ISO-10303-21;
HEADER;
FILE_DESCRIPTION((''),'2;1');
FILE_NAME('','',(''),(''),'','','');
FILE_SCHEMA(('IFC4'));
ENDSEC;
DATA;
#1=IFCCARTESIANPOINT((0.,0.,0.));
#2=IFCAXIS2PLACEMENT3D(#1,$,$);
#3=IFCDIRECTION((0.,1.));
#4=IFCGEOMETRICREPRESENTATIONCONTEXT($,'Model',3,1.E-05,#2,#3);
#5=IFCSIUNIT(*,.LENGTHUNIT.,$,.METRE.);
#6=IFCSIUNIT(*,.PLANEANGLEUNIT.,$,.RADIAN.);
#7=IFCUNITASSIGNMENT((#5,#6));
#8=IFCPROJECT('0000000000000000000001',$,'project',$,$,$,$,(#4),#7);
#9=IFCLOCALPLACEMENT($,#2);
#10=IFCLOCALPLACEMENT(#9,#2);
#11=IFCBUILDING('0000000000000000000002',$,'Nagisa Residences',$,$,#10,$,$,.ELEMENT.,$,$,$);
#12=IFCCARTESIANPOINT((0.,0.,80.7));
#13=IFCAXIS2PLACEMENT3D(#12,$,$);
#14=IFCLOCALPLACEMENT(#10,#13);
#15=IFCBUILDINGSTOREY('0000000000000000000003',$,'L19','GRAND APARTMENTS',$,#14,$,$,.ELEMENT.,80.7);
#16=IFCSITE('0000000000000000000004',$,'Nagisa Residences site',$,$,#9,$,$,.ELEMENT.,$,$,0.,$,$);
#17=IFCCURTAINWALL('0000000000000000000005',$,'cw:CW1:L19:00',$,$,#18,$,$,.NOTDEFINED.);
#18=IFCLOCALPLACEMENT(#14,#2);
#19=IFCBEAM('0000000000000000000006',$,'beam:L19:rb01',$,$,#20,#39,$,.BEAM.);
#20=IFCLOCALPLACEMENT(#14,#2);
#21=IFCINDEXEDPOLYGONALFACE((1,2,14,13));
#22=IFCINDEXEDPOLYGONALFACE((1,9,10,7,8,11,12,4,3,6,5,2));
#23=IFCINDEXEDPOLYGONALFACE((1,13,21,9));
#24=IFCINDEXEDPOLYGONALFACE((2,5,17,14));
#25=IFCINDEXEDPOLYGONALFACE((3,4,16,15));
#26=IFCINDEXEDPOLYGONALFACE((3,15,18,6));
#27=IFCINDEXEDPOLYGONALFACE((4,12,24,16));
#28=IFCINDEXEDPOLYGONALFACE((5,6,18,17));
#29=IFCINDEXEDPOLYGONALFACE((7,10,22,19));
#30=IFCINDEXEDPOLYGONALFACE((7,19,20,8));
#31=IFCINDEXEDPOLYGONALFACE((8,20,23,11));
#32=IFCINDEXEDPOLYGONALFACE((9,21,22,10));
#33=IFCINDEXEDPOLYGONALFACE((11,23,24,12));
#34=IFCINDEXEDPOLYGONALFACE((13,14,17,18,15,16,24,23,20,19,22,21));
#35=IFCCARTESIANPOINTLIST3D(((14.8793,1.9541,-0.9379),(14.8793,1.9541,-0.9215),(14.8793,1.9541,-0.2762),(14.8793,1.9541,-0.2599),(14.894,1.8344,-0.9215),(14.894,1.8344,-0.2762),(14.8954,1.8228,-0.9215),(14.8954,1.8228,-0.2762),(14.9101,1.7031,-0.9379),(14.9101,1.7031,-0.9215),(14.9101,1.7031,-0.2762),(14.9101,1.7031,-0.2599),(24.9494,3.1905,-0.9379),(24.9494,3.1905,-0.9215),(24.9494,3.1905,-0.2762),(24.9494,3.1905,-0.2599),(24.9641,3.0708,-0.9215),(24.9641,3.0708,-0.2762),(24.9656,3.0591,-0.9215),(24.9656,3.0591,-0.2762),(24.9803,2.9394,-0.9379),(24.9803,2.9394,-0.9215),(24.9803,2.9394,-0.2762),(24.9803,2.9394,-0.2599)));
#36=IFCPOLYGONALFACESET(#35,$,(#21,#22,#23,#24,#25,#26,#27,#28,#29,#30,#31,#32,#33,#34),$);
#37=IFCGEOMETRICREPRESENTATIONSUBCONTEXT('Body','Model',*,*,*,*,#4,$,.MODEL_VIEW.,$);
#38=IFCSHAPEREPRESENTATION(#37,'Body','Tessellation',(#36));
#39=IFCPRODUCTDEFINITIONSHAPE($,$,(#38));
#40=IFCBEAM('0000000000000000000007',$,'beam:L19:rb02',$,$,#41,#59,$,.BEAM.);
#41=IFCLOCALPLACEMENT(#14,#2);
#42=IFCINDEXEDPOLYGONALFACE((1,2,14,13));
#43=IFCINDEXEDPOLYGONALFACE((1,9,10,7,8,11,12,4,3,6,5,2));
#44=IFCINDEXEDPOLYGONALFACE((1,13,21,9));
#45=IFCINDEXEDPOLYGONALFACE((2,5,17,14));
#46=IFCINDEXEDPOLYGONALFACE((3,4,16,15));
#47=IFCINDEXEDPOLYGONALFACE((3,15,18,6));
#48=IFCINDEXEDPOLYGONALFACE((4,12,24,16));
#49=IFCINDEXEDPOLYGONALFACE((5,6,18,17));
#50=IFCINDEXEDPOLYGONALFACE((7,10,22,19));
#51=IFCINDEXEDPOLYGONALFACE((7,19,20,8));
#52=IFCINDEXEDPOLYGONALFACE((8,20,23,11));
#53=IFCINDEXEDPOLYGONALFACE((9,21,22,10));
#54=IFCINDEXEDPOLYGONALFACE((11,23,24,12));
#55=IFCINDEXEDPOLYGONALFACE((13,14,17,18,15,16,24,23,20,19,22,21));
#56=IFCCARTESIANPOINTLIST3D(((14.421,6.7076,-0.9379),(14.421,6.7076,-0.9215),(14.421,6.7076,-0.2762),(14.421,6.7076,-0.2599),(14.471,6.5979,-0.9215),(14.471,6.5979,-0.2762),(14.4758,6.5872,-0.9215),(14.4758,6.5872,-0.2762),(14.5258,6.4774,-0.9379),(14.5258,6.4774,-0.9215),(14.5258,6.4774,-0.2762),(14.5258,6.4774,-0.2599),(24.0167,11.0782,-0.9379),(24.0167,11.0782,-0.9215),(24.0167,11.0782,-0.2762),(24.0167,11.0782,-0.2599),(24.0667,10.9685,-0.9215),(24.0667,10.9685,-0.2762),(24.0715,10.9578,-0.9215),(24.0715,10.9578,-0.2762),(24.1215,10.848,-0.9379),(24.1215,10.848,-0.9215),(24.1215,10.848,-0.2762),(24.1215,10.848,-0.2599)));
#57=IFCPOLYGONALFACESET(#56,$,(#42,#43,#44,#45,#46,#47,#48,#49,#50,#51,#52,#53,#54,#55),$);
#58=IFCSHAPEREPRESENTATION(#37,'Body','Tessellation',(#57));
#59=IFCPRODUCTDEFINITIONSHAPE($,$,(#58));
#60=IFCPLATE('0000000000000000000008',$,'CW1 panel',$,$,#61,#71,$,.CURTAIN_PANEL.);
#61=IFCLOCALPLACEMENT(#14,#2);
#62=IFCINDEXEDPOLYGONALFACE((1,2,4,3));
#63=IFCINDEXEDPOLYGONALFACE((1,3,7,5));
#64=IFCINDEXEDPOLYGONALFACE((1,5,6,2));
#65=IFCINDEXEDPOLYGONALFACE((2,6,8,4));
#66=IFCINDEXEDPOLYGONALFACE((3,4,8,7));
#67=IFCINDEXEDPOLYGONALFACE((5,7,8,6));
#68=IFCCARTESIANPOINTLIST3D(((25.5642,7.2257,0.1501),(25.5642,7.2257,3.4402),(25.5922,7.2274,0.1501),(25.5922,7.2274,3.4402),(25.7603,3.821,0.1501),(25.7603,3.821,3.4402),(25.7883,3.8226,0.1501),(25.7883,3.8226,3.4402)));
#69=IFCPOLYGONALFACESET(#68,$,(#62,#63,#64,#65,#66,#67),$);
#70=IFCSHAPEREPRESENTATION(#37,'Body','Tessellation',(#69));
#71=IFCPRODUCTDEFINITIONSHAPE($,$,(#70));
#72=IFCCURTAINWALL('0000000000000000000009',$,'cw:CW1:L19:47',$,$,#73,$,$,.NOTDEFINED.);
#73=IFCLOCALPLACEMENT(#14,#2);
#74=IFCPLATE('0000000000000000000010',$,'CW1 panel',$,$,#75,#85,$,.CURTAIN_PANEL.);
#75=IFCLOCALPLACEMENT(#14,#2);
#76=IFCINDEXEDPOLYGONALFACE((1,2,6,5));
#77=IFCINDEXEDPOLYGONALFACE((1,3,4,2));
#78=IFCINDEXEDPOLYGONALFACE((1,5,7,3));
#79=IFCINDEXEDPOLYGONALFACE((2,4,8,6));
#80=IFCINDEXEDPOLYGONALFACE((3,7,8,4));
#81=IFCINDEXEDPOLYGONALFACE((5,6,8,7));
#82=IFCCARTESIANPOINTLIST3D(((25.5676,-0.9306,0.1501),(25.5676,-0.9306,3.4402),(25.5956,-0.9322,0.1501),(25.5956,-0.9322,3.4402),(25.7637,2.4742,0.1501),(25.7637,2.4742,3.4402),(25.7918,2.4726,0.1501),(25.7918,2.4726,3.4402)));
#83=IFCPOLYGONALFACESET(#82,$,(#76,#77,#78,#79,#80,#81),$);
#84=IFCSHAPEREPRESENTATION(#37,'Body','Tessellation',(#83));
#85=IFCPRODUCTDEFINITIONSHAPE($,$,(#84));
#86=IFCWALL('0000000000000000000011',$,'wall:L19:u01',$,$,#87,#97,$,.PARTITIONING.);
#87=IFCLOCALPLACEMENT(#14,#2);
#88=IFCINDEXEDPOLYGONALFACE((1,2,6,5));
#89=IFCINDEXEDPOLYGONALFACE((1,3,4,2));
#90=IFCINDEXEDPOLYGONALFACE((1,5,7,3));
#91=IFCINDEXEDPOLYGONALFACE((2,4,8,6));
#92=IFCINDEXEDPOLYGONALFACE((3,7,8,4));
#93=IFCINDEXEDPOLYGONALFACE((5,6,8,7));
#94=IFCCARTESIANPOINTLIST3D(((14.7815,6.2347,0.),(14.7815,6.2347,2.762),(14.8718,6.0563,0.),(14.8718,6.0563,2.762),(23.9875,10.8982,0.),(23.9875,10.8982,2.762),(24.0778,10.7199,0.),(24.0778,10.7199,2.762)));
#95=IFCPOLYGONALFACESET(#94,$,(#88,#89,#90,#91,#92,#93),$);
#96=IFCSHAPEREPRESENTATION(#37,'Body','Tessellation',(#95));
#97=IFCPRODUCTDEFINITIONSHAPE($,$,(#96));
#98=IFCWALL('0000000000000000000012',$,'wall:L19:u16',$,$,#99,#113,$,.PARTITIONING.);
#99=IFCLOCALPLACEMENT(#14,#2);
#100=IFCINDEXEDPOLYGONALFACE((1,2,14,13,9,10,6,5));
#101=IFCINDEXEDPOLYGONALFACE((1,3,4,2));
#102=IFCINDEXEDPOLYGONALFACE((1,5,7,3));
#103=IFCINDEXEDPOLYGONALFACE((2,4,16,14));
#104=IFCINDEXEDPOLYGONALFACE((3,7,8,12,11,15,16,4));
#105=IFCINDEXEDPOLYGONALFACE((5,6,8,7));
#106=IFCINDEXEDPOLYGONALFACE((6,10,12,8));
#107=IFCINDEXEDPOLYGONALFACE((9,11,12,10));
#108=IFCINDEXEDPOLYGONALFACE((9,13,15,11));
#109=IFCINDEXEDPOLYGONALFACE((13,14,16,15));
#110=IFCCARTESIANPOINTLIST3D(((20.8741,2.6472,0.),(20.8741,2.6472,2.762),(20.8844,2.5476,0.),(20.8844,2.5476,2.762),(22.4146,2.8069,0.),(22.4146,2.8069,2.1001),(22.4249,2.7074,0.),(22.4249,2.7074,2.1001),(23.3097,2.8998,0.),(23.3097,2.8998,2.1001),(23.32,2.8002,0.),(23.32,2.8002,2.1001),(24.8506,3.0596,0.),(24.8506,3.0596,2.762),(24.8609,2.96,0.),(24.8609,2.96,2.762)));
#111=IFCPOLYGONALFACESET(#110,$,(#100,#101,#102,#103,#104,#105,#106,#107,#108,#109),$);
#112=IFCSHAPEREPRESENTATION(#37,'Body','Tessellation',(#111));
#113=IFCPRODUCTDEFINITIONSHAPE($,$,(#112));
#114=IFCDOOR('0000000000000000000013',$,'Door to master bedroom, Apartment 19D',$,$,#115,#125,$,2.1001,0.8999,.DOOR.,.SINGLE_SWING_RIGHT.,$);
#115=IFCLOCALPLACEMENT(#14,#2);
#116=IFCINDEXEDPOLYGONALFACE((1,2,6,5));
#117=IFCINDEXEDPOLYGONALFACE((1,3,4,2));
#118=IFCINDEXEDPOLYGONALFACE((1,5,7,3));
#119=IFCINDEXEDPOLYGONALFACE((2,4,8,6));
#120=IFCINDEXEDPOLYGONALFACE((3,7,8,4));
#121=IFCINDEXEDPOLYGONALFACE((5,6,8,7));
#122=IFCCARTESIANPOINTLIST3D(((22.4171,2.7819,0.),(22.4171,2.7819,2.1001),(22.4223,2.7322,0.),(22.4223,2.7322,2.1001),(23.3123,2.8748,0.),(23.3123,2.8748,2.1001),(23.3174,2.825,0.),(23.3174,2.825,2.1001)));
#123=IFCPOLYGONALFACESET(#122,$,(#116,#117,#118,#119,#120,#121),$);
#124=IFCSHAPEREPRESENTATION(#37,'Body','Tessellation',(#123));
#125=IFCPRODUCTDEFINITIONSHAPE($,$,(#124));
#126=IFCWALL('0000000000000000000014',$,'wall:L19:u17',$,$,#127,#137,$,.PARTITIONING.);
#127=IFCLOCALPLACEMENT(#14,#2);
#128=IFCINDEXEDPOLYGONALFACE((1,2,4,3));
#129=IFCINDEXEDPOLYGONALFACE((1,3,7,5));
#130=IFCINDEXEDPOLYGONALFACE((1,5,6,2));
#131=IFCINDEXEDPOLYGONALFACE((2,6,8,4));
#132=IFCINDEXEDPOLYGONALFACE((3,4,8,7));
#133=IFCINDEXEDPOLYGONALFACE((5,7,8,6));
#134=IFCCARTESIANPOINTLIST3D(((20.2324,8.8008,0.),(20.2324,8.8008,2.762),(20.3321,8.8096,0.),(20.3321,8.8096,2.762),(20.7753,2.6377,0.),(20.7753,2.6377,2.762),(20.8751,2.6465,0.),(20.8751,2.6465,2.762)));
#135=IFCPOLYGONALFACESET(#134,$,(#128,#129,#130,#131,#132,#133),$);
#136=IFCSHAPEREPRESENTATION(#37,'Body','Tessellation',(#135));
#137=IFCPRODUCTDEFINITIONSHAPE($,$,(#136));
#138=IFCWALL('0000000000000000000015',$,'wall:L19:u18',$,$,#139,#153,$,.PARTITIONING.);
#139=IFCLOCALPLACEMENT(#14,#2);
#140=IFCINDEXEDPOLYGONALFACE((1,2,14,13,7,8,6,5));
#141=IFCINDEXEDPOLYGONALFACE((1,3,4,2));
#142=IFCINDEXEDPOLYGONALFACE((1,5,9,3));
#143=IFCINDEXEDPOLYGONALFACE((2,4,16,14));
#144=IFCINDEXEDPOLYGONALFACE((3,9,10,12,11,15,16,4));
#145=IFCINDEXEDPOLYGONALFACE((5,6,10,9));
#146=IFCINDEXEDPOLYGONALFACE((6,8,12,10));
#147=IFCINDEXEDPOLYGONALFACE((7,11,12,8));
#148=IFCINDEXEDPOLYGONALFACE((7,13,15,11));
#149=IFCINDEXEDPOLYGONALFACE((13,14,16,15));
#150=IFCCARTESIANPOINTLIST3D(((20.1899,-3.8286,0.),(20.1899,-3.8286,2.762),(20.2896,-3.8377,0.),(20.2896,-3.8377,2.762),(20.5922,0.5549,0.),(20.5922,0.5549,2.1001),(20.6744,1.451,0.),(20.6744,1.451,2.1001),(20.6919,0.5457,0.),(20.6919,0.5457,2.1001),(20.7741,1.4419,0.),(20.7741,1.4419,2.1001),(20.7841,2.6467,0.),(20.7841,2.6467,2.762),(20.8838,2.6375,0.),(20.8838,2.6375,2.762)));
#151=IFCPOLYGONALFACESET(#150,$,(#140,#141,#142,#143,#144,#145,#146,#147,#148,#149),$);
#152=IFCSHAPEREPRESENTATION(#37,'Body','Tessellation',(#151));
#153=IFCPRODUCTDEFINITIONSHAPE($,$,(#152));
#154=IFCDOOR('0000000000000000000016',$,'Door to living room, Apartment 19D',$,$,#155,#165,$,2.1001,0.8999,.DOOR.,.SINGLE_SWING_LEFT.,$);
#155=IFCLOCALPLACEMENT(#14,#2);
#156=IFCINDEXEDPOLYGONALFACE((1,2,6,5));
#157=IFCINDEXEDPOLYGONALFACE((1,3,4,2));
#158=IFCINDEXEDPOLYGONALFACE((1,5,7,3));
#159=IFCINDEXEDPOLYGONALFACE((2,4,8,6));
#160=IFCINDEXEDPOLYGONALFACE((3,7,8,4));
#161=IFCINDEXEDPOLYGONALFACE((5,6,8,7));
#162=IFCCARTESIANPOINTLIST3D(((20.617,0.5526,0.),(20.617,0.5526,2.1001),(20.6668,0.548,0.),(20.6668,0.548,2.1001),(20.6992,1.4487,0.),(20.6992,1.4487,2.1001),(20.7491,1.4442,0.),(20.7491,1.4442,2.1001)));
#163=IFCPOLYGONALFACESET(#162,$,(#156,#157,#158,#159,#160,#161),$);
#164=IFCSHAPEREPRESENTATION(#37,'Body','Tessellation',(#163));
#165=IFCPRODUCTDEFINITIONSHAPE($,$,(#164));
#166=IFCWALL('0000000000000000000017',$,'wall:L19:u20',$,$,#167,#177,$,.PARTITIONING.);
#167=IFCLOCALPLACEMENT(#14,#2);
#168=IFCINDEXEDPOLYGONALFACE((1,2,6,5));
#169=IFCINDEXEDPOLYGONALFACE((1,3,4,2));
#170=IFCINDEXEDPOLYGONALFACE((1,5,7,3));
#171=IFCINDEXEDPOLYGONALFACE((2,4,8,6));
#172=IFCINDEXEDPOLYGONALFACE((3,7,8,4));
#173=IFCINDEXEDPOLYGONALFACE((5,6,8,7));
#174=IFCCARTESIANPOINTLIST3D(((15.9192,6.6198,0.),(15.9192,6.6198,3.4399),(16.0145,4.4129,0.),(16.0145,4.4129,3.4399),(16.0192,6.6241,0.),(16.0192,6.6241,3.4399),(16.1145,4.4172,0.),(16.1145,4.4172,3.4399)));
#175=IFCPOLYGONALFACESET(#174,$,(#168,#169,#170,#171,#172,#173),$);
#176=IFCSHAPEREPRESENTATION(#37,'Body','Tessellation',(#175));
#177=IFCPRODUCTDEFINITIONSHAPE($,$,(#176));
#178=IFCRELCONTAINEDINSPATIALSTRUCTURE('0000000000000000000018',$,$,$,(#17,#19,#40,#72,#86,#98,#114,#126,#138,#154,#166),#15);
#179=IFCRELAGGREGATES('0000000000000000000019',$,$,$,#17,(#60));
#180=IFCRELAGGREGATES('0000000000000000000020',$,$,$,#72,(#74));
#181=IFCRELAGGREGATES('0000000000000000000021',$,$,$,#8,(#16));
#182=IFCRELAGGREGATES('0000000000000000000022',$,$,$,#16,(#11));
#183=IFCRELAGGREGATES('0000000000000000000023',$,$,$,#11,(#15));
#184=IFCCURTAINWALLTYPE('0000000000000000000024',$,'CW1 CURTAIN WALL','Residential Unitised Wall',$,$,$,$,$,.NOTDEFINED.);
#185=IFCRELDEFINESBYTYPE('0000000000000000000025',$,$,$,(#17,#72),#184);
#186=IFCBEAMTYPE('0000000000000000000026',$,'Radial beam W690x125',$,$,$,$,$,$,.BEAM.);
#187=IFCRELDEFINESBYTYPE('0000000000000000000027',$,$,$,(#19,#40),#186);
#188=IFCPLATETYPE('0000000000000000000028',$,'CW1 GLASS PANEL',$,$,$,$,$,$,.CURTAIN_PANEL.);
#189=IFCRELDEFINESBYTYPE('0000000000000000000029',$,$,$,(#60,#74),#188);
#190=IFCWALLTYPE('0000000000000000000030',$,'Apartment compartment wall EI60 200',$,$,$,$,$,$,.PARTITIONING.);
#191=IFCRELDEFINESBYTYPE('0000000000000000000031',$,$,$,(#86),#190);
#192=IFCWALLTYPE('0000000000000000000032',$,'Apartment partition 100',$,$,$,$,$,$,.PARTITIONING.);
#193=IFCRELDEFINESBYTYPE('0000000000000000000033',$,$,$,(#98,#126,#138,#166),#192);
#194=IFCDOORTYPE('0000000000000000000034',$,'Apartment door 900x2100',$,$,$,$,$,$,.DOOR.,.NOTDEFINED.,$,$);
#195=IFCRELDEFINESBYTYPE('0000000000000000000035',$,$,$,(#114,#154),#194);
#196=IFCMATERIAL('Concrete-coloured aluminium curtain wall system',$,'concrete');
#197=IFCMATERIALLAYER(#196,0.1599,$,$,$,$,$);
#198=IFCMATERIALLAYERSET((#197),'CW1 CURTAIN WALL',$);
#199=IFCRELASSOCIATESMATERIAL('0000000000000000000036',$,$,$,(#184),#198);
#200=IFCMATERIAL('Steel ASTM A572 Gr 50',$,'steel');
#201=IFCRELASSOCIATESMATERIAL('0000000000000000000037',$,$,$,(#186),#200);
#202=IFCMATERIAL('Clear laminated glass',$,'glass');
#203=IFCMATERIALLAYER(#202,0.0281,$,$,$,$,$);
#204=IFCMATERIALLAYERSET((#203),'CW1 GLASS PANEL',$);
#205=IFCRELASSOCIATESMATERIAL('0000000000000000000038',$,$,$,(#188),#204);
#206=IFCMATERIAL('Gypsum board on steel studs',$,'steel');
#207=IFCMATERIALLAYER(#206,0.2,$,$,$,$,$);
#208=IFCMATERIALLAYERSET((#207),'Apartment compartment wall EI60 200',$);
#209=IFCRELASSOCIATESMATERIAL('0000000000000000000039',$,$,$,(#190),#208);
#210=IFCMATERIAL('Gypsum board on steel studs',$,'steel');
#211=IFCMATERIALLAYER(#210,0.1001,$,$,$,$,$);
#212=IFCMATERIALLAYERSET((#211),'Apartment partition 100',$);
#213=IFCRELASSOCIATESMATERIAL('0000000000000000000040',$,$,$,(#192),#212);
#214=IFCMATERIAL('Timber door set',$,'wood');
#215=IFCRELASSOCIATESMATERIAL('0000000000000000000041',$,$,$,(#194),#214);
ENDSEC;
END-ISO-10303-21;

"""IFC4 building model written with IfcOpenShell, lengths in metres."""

from ifc_helpers import new_model, si_unit, direction, frame, frame_2d, origin, origin_2d, place, context, subcontext, project, spatial, rectangle, i_section, extrude, material, layer, layer_set, material_profile, profile_set, type_object, element, fill, aggregate, save


model = new_model("IFC4")

# Units and contexts
model_context = context("Model", 3, precision=1e-05, world=origin(), true_north=direction((0.0, 1.0)))
body_context = subcontext(model_context, "Body", "Model", "MODEL_VIEW")
ifc_project = project(units=[si_unit("LENGTHUNIT", "METRE"), si_unit("PLANEANGLEUNIT", "RADIAN")], contexts=[model_context])

# Site, building, storey
site_placement = place(None, origin())
site = spatial("IfcSite", under=ifc_project, at=site_placement, Name="Nagisa Residences site", CompositionType="ELEMENT", RefElevation=0.0)
building_placement = place(site_placement, origin())
building = spatial("IfcBuilding", under=site, at=building_placement, Name="Nagisa Residences", CompositionType="ELEMENT")
storey_placement = place(building_placement, frame((0.0, 0.0, 80.7)))
storey = spatial("IfcBuildingStorey", under=building, at=storey_placement, Name="L19", Description="GRAND APARTMENTS", CompositionType="ELEMENT", Elevation=80.7)

# Curtain wall
ifc_material_1 = material(Name="Concrete-coloured aluminium curtain wall system", Category="concrete")
ifc_layer_1 = layer(ifc_material_1, 0.1599)
ifc_layer_set_1 = layer_set([ifc_layer_1], Name="CW1 CURTAIN WALL")
curtain_wall_type = type_object("IfcCurtainWallType", Name="CW1 CURTAIN WALL", Description="Residential Unitised Wall", PredefinedType="NOTDEFINED", material=ifc_layer_set_1)
curtain_wall_1_placement = place(storey_placement, origin())
curtain_wall_1 = element("IfcCurtainWall", 1, at=curtain_wall_1_placement, inside=storey, type_object=curtain_wall_type, Name="cw:CW1:L19:00", PredefinedType="NOTDEFINED")

# Beams
ifc_material_2 = material(Name="Steel ASTM A572 Gr 50", Category="steel")
ifc_material_profile_1 = material_profile(ifc_material_2, i_section(OverallWidth=0.2529, OverallDepth=0.678, WebThickness=0.0117, FlangeThickness=0.0164, at=origin_2d()), Name="W690x125")
ifc_profile_set_1 = profile_set([ifc_material_profile_1], Name="Steel ASTM A572 Gr 50")
beam_type_1 = type_object("IfcBeamType", Name="Radial beam W690x125", PredefinedType="BEAM", material=ifc_profile_set_1)
beam_1_placement = place(storey_placement, frame((24.9648, 3.0649, -0.5989), z_axis=(-0.992548, -0.121858, 0.0), x_axis=(0.121858, -0.992548, 0.0)))
element("IfcBeam", 2, at=beam_1_placement, inside=storey, type_object=beam_type_1, Name="beam:L19:rb01", PredefinedType="BEAM", context=body_context, shape_type="SweptSolid", body=[
    extrude(i_section(OverallWidth=0.2529, OverallDepth=0.678, WebThickness=0.0117, FlangeThickness=0.0164, at=origin_2d()), origin(), (0.0, 0.0, 1.0), 10.1458),
])
beam_2_placement = place(storey_placement, frame((24.0691, 10.9631, -0.5989), z_axis=(-0.910047, -0.414504, 0.0), x_axis=(0.414504, -0.910047, 0.0)))
element("IfcBeam", 3, at=beam_2_placement, inside=storey, type_object=beam_type_1, Name="beam:L19:rb02", PredefinedType="BEAM", context=body_context, shape_type="SweptSolid", body=[
    extrude(i_section(OverallWidth=0.2529, OverallDepth=0.678, WebThickness=0.0117, FlangeThickness=0.0164, at=origin_2d()), origin(), (0.0, 0.0, 1.0), 10.5442),
])

# Plate
ifc_material_3 = material(Name="Clear laminated glass", Category="glass")
ifc_layer_2 = layer(ifc_material_3, 0.0281)
ifc_layer_set_2 = layer_set([ifc_layer_2], Name="CW1 GLASS PANEL")
plate_type = type_object("IfcPlateType", Name="CW1 GLASS PANEL", PredefinedType="CURTAIN_PANEL", material=ifc_layer_set_2)
plate_1_placement = place(storey_placement, frame((25.6763, 5.5242, 0.1501), z_axis=(0.0, 0.0, 1.0), x_axis=(-0.057503, 0.998345, 0.0)))
plate_1 = element("IfcPlate", 4, at=plate_1_placement, type_object=plate_type, Name="CW1 panel", PredefinedType="CURTAIN_PANEL", context=body_context, shape_type="SweptSolid", body=[
    extrude(rectangle(XDim=3.4104, YDim=0.0281, at=origin_2d()), origin(), (0.0, 0.0, 1.0), 3.29),
])
aggregate(curtain_wall_1, [plate_1])

# Curtain wall, plate
curtain_wall_2_placement = place(storey_placement, origin())
curtain_wall_2 = element("IfcCurtainWall", 5, at=curtain_wall_2_placement, inside=storey, type_object=curtain_wall_type, Name="cw:CW1:L19:47", PredefinedType="NOTDEFINED")
plate_2_placement = place(storey_placement, frame((25.6797, 0.771, 0.1501), z_axis=(0.0, 0.0, 1.0), x_axis=(0.057503, 0.998345, 0.0)))
plate_2 = element("IfcPlate", 6, at=plate_2_placement, type_object=plate_type, Name="CW1 panel", PredefinedType="CURTAIN_PANEL", context=body_context, shape_type="SweptSolid", body=[
    extrude(rectangle(XDim=3.4104, YDim=0.0281, at=origin_2d()), origin(), (0.0, 0.0, 1.0), 3.29),
])
aggregate(curtain_wall_2, [plate_2])

# Wall
ifc_material_4 = material(Name="Gypsum board on steel studs", Category="steel")
ifc_layer_3 = layer(ifc_material_4, 0.2)
ifc_layer_set_3 = layer_set([ifc_layer_3], Name="Apartment compartment wall EI60 200")
wall_type_1 = type_object("IfcWallType", Name="Apartment compartment wall EI60 200", PredefinedType="PARTITIONING", material=ifc_layer_set_3)
wall_1_placement = place(storey_placement, frame((14.8267, 6.1455, 0.0), z_axis=(0.0, 0.0, 1.0), x_axis=(0.892068, 0.451901, 0.0)))
element("IfcWall", 7, at=wall_1_placement, inside=storey, type_object=wall_type_1, Name="wall:L19:u01", PredefinedType="PARTITIONING", context=body_context, shape_type="SweptSolid", body=[
    extrude(rectangle(XDim=10.3198, YDim=0.2, at=frame_2d((5.1599, 0.0))), origin(), (0.0, 0.0, 1.0), 2.762),
])

# Wall, opening, door
ifc_material_5 = material(Name="Gypsum board on steel studs", Category="steel")
ifc_layer_4 = layer(ifc_material_5, 0.1001)
ifc_layer_set_4 = layer_set([ifc_layer_4], Name="Apartment partition 100")
wall_type_2 = type_object("IfcWallType", Name="Apartment partition 100", PredefinedType="PARTITIONING", material=ifc_layer_set_4)
wall_2_placement = place(storey_placement, frame((20.8792, 2.5974, 0.0), z_axis=(0.0, 0.0, 1.0), x_axis=(0.994667, 0.103143, 0.0)))
wall_2 = element("IfcWall", 8, at=wall_2_placement, inside=storey, type_object=wall_type_2, Name="wall:L19:u16", PredefinedType="PARTITIONING", context=body_context, shape_type="SweptSolid", body=[
    extrude(rectangle(XDim=3.9978, YDim=0.1001, at=frame_2d((1.999, 0.0))), origin(), (0.0, 0.0, 1.0), 2.762),
])
opening_1_placement = place(wall_2_placement, frame((1.5488, 0.0, 0.0)))
opening_1 = element("IfcOpeningElement", 9, at=opening_1_placement, cuts=wall_2, PredefinedType="OPENING", context=body_context, shape_type="SweptSolid", body=[
    extrude(rectangle(XDim=0.8999, YDim=2.1001, at=frame_2d((0.45, 1.05))), frame((0.0, 0.0601, 0.0), z_axis=(0.0, -1.0, 0.0), x_axis=(1.0, 0.0, 0.0)), (0.0, 0.0, 1.0), 0.1201),
])
ifc_material_6 = material(Name="Timber door set", Category="wood")
door_type_1 = type_object("IfcDoorType", Name="Apartment door 900x2100", OperationType="NOTDEFINED", PredefinedType="DOOR", material=ifc_material_6)
door_1_placement = place(opening_1_placement, origin())
door_1 = element("IfcDoor", 10, at=door_1_placement, inside=storey, type_object=door_type_1, Name="Door to master bedroom, Apartment 19D", OperationType="SINGLE_SWING_RIGHT", OverallHeight=2.1001, OverallWidth=0.8999, PredefinedType="DOOR", context=body_context, shape_type="SweptSolid", body=[
    extrude(rectangle(XDim=0.8999, YDim=2.1001, at=frame_2d((0.45, 1.05))), frame((0.0, 0.0249, 0.0), z_axis=(0.0, -1.0, 0.0), x_axis=(1.0, 0.0, 0.0)), (0.0, 0.0, 1.0), 0.05),
])
fill(opening_1, door_1)

# Wall
wall_3_placement = place(storey_placement, frame((20.8252, 2.6421, 0.0), z_axis=(0.0, 0.0, 1.0), x_axis=(-0.08776, 0.996142, 0.0)))
element("IfcWall", 11, at=wall_3_placement, inside=storey, type_object=wall_type_2, Name="wall:L19:u17", PredefinedType="PARTITIONING", context=body_context, shape_type="SweptSolid", body=[
    extrude(rectangle(XDim=6.187, YDim=0.1001, at=frame_2d((3.0935, 0.0))), origin(), (0.0, 0.0, 1.0), 2.762),
])

# Wall, opening, door
wall_4_placement = place(storey_placement, frame((20.834, 2.6421, 0.0), z_axis=(0.0, 0.0, 1.0), x_axis=(-0.091385, -0.995816, 0.0)))
wall_4 = element("IfcWall", 12, at=wall_4_placement, inside=storey, type_object=wall_type_2, Name="wall:L19:u18", PredefinedType="PARTITIONING", context=body_context, shape_type="SweptSolid", body=[
    extrude(rectangle(XDim=6.5024, YDim=0.1001, at=frame_2d((3.2512, 0.0))), origin(), (0.0, 0.0, 1.0), 2.762),
])
opening_2_placement = place(wall_4_placement, frame((1.2007, 0.0, 0.0)))
opening_2 = element("IfcOpeningElement", 13, at=opening_2_placement, cuts=wall_4, PredefinedType="OPENING", context=body_context, shape_type="SweptSolid", body=[
    extrude(rectangle(XDim=0.8999, YDim=2.1001, at=frame_2d((0.45, 1.05))), frame((0.0, 0.0601, 0.0), z_axis=(0.0, -1.0, 0.0), x_axis=(1.0, 0.0, 0.0)), (0.0, 0.0, 1.0), 0.1201),
])
door_2_placement = place(opening_2_placement, origin())
door_2 = element("IfcDoor", 14, at=door_2_placement, inside=storey, type_object=door_type_1, Name="Door to living room, Apartment 19D", OperationType="SINGLE_SWING_LEFT", OverallHeight=2.1001, OverallWidth=0.8999, PredefinedType="DOOR", context=body_context, shape_type="SweptSolid", body=[
    extrude(rectangle(XDim=0.8999, YDim=2.1001, at=frame_2d((0.45, 1.05))), frame((0.0, 0.0249, 0.0), z_axis=(0.0, -1.0, 0.0), x_axis=(1.0, 0.0, 0.0)), (0.0, 0.0, 1.0), 0.05),
])
fill(opening_2, door_2)

# Wall
wall_5_placement = place(storey_placement, frame((16.0645, 4.415, 0.0), z_axis=(0.0, 0.0, 1.0), x_axis=(-0.043102, 0.999071, 0.0)))
element("IfcWall", 15, at=wall_5_placement, inside=storey, type_object=wall_type_2, Name="wall:L19:u20", PredefinedType="PARTITIONING", context=body_context, shape_type="SweptSolid", body=[
    extrude(rectangle(XDim=2.209, YDim=0.1001, at=frame_2d((1.1045, 0.0))), origin(), (0.0, 0.0, 1.0), 3.4399),
])

save(model, "model.ifc")
